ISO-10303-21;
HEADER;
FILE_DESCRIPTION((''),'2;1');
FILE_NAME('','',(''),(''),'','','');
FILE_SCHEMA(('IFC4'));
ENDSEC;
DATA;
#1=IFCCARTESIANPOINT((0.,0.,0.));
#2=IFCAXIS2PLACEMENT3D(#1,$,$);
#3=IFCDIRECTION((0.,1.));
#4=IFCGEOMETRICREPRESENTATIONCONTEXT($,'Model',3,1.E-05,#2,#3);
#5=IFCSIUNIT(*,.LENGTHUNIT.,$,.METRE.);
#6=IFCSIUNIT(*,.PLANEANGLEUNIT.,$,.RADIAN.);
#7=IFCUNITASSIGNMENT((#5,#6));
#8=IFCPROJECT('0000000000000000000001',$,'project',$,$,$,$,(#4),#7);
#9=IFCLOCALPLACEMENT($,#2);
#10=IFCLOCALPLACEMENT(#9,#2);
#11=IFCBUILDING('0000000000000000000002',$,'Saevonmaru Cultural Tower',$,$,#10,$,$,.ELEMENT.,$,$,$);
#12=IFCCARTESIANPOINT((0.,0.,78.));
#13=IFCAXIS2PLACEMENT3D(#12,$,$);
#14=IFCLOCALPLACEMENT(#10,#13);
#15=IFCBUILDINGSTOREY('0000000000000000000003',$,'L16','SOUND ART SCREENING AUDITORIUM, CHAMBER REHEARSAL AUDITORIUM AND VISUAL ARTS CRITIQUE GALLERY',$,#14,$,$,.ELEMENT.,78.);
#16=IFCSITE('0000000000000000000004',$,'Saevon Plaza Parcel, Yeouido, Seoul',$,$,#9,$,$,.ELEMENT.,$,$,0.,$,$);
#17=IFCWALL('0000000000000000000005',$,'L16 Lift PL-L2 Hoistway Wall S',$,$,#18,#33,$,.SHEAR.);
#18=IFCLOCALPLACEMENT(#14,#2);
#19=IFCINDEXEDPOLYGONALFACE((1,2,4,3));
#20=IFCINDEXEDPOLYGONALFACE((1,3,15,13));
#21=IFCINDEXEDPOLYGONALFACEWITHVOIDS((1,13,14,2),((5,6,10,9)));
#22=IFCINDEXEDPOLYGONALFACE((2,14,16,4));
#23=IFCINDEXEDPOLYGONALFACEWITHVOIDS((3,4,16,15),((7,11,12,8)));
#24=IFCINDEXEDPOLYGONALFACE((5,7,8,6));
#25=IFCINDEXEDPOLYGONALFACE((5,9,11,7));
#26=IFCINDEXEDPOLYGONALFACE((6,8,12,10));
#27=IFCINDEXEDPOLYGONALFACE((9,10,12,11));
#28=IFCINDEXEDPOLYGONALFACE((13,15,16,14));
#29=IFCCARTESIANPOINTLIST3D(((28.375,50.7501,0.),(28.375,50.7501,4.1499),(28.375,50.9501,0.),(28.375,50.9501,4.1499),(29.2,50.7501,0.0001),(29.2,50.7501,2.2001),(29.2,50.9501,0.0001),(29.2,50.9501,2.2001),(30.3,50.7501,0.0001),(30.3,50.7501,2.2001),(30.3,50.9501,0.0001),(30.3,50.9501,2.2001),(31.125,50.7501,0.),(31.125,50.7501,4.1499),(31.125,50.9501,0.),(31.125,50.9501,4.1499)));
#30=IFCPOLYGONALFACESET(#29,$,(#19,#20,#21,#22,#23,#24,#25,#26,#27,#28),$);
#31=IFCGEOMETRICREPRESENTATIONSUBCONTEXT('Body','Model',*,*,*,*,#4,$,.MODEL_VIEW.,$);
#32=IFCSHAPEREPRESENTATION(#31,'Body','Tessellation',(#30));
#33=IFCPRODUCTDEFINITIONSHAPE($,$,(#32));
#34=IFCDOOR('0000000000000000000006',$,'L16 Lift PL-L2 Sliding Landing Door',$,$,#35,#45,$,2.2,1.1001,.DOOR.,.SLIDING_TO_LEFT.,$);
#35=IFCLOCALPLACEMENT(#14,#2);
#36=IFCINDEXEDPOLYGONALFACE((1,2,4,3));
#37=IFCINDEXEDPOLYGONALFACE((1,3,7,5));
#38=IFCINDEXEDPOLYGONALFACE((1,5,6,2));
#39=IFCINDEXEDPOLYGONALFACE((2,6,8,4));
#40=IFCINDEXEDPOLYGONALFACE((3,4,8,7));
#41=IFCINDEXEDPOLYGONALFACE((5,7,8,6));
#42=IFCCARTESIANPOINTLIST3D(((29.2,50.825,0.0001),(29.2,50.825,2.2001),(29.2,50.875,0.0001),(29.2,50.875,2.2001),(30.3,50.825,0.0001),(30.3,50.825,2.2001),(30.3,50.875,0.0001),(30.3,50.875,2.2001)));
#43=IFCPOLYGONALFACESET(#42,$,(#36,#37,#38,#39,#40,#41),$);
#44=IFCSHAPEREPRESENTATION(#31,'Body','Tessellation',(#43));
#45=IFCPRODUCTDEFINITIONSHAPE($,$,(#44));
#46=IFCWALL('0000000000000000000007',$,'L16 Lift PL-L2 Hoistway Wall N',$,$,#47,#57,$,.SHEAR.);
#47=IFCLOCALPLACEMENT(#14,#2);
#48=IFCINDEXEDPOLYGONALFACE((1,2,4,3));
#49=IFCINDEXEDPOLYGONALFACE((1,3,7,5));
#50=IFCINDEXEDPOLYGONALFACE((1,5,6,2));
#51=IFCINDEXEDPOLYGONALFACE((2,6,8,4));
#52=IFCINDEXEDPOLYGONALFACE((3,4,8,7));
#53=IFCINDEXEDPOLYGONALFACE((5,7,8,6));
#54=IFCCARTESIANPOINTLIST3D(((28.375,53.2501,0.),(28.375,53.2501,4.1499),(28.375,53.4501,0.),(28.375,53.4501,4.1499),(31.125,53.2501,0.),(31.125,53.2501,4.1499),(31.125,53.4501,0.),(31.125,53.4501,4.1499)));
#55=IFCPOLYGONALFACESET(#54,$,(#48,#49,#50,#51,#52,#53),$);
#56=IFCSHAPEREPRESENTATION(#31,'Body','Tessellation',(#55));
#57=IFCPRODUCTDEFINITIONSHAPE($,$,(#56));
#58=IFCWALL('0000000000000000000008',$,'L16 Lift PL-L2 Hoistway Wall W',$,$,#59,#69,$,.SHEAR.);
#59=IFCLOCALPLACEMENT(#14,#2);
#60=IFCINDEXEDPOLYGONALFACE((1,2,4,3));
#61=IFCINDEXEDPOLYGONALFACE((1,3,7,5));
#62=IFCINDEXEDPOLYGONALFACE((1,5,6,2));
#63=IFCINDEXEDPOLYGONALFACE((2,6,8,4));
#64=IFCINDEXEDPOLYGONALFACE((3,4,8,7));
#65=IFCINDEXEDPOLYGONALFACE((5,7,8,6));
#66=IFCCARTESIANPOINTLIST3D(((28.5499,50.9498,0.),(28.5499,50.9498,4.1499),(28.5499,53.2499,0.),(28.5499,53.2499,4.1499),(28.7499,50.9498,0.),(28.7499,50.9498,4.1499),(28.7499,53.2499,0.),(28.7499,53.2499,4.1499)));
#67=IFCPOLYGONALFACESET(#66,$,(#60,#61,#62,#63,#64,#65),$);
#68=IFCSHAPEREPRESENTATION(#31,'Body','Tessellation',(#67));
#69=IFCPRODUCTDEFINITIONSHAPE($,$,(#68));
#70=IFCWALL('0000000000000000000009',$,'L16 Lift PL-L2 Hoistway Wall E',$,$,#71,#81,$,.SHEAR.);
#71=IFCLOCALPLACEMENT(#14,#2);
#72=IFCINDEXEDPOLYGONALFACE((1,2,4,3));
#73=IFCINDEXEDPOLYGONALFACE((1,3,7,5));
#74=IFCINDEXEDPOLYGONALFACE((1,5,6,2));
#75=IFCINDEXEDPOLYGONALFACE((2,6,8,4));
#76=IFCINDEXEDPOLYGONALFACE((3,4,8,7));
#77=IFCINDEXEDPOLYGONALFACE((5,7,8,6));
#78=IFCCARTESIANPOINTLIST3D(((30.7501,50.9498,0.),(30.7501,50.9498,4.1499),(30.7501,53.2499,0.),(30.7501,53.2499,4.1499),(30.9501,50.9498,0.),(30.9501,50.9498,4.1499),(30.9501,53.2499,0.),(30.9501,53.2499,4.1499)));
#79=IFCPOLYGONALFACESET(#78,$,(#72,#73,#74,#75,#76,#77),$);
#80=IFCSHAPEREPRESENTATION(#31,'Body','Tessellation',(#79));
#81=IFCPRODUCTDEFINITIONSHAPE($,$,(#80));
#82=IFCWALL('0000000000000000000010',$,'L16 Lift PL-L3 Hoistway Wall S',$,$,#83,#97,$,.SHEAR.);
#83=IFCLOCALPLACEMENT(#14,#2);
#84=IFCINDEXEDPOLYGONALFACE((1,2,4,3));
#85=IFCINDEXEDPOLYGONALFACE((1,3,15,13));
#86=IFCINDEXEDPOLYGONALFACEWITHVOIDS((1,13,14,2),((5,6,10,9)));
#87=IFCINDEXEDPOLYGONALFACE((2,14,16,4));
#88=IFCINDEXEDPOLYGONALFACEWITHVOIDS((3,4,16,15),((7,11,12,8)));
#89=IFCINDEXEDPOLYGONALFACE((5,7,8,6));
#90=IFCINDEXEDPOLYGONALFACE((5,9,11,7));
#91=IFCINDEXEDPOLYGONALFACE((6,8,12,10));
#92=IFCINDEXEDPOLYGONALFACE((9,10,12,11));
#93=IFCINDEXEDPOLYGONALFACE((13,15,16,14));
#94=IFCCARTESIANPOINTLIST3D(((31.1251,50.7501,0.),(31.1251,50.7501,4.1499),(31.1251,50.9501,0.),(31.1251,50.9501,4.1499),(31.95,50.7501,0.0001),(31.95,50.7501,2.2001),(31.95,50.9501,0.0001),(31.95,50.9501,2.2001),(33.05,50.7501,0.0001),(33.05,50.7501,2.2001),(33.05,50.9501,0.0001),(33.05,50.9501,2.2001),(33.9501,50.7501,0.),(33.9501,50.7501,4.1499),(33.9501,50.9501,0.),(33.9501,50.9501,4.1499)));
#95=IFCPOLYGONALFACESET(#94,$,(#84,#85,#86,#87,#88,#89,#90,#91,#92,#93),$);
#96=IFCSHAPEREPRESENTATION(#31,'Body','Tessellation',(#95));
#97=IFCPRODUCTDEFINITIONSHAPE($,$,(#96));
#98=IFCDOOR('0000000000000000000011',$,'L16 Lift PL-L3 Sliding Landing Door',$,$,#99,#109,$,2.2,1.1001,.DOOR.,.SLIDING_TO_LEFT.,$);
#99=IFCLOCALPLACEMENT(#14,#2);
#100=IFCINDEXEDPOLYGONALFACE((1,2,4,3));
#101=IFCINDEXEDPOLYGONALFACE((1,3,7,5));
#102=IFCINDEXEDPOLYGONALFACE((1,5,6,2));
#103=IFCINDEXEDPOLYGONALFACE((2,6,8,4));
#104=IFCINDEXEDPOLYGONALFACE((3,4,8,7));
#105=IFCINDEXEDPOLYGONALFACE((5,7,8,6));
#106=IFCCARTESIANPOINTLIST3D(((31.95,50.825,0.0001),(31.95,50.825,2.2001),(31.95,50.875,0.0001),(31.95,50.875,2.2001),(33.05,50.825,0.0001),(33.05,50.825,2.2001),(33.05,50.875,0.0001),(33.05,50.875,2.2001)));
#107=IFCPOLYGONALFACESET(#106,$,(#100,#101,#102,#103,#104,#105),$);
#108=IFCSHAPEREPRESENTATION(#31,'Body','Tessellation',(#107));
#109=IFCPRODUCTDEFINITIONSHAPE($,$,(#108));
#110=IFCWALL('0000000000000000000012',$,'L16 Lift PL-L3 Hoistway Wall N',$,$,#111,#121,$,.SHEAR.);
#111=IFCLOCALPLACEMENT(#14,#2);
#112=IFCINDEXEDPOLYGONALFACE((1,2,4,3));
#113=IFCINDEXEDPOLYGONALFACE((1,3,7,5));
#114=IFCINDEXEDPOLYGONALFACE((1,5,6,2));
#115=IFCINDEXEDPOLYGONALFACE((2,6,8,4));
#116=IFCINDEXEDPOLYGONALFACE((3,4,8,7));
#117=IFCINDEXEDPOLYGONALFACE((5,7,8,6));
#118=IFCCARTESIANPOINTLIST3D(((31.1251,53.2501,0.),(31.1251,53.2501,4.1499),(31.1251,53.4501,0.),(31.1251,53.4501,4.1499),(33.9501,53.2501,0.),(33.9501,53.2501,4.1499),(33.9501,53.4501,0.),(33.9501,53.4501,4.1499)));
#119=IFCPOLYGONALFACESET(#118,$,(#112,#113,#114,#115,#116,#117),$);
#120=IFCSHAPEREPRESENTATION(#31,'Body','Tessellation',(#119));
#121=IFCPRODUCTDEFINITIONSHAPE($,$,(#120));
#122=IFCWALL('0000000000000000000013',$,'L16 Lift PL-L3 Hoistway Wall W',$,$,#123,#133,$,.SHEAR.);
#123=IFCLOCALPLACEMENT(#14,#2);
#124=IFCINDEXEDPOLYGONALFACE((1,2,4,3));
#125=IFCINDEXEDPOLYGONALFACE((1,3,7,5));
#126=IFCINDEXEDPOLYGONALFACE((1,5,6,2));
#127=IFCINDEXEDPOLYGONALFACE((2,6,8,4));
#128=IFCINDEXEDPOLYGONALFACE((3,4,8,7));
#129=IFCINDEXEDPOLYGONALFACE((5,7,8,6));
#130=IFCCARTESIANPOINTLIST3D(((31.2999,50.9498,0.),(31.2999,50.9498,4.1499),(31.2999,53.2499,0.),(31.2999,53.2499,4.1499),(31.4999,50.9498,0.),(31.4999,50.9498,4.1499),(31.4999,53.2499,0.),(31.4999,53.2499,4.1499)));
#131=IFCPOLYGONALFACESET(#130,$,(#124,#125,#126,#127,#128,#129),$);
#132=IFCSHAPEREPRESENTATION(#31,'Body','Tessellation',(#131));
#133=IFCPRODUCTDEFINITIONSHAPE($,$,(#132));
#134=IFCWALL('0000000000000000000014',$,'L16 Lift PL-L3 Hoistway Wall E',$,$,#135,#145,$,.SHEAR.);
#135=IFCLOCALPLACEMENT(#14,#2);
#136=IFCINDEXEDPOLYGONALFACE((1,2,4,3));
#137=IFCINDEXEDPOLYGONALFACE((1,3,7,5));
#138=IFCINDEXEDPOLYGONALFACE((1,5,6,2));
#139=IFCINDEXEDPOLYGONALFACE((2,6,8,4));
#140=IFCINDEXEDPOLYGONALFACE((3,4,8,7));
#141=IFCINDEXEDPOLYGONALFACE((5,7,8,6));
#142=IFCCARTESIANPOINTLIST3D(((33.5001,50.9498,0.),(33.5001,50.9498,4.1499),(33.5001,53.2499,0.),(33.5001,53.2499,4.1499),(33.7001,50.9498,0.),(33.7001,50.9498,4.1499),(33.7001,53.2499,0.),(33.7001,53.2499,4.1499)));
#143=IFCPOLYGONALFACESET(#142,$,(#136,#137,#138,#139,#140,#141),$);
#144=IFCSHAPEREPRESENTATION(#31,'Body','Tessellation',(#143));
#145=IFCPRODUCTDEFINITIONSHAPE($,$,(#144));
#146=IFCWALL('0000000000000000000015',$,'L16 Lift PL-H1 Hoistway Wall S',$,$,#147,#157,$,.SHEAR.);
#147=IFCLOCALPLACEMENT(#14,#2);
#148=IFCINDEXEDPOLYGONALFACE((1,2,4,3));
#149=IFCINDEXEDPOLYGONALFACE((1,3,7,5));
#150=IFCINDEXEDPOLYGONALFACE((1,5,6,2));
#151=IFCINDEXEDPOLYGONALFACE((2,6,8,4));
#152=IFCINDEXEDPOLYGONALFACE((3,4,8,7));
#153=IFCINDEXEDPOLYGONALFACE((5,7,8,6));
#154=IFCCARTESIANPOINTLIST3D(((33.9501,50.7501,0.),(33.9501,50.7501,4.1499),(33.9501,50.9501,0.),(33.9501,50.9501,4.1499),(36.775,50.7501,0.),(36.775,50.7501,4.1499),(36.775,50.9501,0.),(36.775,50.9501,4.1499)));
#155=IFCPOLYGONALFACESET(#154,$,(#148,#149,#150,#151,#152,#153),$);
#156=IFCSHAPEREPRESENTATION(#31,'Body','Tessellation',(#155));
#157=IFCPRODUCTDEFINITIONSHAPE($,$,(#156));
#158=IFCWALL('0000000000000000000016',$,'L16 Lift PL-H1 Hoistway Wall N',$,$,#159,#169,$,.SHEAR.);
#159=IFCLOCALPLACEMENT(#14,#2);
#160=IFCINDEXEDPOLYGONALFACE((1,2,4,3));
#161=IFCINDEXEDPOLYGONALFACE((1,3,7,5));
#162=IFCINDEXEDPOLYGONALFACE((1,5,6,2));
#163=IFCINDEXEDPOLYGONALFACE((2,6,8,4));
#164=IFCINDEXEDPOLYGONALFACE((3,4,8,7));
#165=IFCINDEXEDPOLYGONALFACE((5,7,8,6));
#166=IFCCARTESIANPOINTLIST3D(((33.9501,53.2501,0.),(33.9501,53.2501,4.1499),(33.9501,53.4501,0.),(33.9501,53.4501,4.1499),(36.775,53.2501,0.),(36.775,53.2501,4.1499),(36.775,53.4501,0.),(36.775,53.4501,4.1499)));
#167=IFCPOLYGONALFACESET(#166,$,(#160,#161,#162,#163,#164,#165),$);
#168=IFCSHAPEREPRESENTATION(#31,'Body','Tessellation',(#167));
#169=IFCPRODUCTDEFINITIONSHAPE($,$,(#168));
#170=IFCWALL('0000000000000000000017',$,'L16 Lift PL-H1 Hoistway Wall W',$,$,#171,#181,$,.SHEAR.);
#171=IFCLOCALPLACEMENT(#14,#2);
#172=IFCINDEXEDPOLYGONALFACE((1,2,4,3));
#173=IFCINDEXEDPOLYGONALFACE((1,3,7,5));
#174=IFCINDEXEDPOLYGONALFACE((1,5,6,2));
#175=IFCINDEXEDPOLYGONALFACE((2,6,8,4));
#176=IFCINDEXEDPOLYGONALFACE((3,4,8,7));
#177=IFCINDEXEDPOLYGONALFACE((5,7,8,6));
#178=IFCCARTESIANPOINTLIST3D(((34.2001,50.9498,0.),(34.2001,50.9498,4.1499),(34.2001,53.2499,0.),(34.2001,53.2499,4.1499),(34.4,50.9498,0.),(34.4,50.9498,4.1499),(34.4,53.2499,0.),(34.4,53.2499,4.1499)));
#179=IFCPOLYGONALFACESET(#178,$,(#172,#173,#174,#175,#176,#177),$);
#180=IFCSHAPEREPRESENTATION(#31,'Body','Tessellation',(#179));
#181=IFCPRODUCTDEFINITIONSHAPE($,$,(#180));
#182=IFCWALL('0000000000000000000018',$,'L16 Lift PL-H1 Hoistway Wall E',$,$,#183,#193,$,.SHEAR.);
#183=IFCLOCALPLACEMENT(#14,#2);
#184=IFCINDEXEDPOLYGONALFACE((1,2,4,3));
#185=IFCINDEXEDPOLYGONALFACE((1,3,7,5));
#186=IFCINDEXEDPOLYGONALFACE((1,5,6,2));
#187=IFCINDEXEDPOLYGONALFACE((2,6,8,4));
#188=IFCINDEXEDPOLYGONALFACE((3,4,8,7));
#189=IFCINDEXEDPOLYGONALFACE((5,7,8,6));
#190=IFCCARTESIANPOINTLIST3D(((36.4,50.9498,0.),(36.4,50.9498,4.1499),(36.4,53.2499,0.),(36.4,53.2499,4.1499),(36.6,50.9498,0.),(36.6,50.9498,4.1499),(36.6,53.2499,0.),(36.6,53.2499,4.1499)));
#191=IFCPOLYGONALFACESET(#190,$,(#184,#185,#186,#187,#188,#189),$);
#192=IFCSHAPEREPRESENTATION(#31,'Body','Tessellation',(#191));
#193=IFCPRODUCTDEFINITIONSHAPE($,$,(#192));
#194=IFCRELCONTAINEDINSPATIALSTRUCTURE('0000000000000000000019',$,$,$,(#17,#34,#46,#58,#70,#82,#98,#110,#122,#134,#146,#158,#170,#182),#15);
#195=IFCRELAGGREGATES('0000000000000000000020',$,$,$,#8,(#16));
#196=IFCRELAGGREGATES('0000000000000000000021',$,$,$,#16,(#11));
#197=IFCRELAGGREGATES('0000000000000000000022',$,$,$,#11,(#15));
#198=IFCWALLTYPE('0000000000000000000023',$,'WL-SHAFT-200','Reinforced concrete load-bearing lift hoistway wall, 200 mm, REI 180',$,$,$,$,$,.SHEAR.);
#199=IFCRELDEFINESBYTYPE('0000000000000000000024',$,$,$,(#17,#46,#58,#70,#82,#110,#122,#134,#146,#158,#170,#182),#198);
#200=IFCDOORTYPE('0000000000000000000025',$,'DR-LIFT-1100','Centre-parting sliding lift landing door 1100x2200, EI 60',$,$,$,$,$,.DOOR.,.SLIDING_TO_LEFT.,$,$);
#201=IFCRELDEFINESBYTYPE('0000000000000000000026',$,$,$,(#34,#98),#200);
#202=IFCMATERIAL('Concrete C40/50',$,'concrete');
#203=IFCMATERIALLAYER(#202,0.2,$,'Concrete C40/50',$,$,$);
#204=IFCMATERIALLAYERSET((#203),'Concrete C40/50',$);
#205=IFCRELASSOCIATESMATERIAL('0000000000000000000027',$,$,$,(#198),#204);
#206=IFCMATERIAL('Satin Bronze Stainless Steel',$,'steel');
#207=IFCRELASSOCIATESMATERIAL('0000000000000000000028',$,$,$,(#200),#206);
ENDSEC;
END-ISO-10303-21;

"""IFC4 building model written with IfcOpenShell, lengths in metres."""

from ifc_helpers import new_model, si_unit, direction, frame, frame_2d, origin, place, context, subcontext, project, spatial, rectangle, extrude, material, layer, layer_set, type_object, element, fill, save


model = new_model("IFC4")

# Units and contexts
model_context = context("Model", 3, precision=1e-05, world=origin(), true_north=direction((0.0, 1.0)))
body_context = subcontext(model_context, "Body", "Model", "MODEL_VIEW")
ifc_project = project(units=[si_unit("LENGTHUNIT", "METRE"), si_unit("PLANEANGLEUNIT", "RADIAN")], contexts=[model_context])

# Site, building, storey
site_placement = place(None, origin())
site = spatial("IfcSite", under=ifc_project, at=site_placement, Name="Saevon Plaza Parcel, Yeouido, Seoul", CompositionType="ELEMENT", RefElevation=0.0)
building_placement = place(site_placement, origin())
building = spatial("IfcBuilding", under=site, at=building_placement, Name="Saevonmaru Cultural Tower", CompositionType="ELEMENT")
storey_placement = place(building_placement, frame((0.0, 0.0, 78.0)))
storey = spatial("IfcBuildingStorey", under=building, at=storey_placement, Name="L16", Description="SOUND ART SCREENING AUDITORIUM, CHAMBER REHEARSAL AUDITORIUM AND VISUAL ARTS CRITIQUE GALLERY", CompositionType="ELEMENT", Elevation=78.0)

# Shared definitions
ifc_material_1 = material(Name="Concrete C40/50", Category="concrete")
ifc_layer_1 = layer(ifc_material_1, 0.2, Name="Concrete C40/50")
ifc_layer_set_1 = layer_set([ifc_layer_1], Name="Concrete C40/50")
wall_type_1 = type_object("IfcWallType", Name="WL-SHAFT-200", Description="Reinforced concrete load-bearing lift hoistway wall, 200 mm, REI 180", PredefinedType="SHEAR", material=ifc_layer_set_1)

# Wall, opening, door
wall_1_placement = place(storey_placement, frame((28.375, 50.8501, 0.0), z_axis=(0.0, 0.0, 1.0), x_axis=(1.0, 0.0, 0.0)))
wall_1 = element("IfcWall", 1, at=wall_1_placement, inside=storey, type_object=wall_type_1, Name="L16 Lift PL-L2 Hoistway Wall S", PredefinedType="SHEAR", context=body_context, shape_type="SweptSolid", body=[
    extrude(rectangle(XDim=2.75, YDim=0.2, at=frame_2d((1.375, 0.0))), origin(), (0.0, 0.0, 1.0), 4.1499),
])
opening_1_placement = place(wall_1_placement, frame((0.825, 0.0, 0.0)))
opening_1 = element("IfcOpeningElement", 2, at=opening_1_placement, cuts=wall_1, PredefinedType="OPENING", context=body_context, shape_type="SweptSolid", body=[
    extrude(rectangle(XDim=1.1001, YDim=2.2, at=frame_2d((0.55, 1.1001))), frame((0.0, 0.1099, 0.0), z_axis=(0.0, -1.0, 0.0), x_axis=(1.0, 0.0, 0.0)), (0.0, 0.0, 1.0), 0.22),
])
ifc_material_2 = material(Name="Satin Bronze Stainless Steel", Category="steel")
door_type_1 = type_object("IfcDoorType", Name="DR-LIFT-1100", Description="Centre-parting sliding lift landing door 1100x2200, EI 60", OperationType="SLIDING_TO_LEFT", PredefinedType="DOOR", material=ifc_material_2)
door_1_placement = place(opening_1_placement, origin())
door_1 = element("IfcDoor", 3, at=door_1_placement, inside=storey, type_object=door_type_1, Name="L16 Lift PL-L2 Sliding Landing Door", OperationType="SLIDING_TO_LEFT", OverallHeight=2.2, OverallWidth=1.1001, PredefinedType="DOOR", context=body_context, shape_type="SweptSolid", body=[
    extrude(rectangle(XDim=1.1001, YDim=2.2, at=frame_2d((0.55, 1.1001))), frame((0.0, 0.0249, 0.0), z_axis=(0.0, -1.0, 0.0), x_axis=(1.0, 0.0, 0.0)), (0.0, 0.0, 1.0), 0.05),
])
fill(opening_1, door_1)

# Walls
wall_2_placement = place(storey_placement, frame((28.375, 53.3501, 0.0), z_axis=(0.0, 0.0, 1.0), x_axis=(1.0, 0.0, 0.0)))
element("IfcWall", 4, at=wall_2_placement, inside=storey, type_object=wall_type_1, Name="L16 Lift PL-L2 Hoistway Wall N", PredefinedType="SHEAR", context=body_context, shape_type="SweptSolid", body=[
    extrude(rectangle(XDim=2.75, YDim=0.2, at=frame_2d((1.375, 0.0))), origin(), (0.0, 0.0, 1.0), 4.1499),
])
for number, where, z_axis, x_axis, name in (
    (5, (28.6499, 50.95, 0.0), (0.0, 0.0, 1.0), (0.0, 1.0, 0.0), "L16 Lift PL-L2 Hoistway Wall W"),
    (6, (30.8501, 50.95, 0.0), (0.0, 0.0, 1.0), (0.0, 1.0, 0.0), "L16 Lift PL-L2 Hoistway Wall E"),
):
    element("IfcWall", number, at=place(storey_placement, frame(where, z_axis=z_axis, x_axis=x_axis)), inside=storey, type_object=wall_type_1, Name=name, PredefinedType="SHEAR", context=body_context, shape_type="SweptSolid", body=[
        extrude(rectangle(XDim=2.3, YDim=0.2, at=frame_2d((1.1499, 0.0))), origin(), (0.0, 0.0, 1.0), 4.1499),
    ])

# Wall, opening, door
wall_3_placement = place(storey_placement, frame((31.125, 50.8501, 0.0), z_axis=(0.0, 0.0, 1.0), x_axis=(1.0, 0.0, 0.0)))
wall_3 = element("IfcWall", 7, at=wall_3_placement, inside=storey, type_object=wall_type_1, Name="L16 Lift PL-L3 Hoistway Wall S", PredefinedType="SHEAR", context=body_context, shape_type="SweptSolid", body=[
    extrude(rectangle(XDim=2.825, YDim=0.2, at=frame_2d((1.4126, 0.0))), origin(), (0.0, 0.0, 1.0), 4.1499),
])
opening_2_placement = place(wall_3_placement, frame((0.825, 0.0, 0.0)))
opening_2 = element("IfcOpeningElement", 8, at=opening_2_placement, cuts=wall_3, PredefinedType="OPENING", context=body_context, shape_type="SweptSolid", body=[
    extrude(rectangle(XDim=1.1001, YDim=2.2, at=frame_2d((0.55, 1.1001))), frame((0.0, 0.1099, 0.0), z_axis=(0.0, -1.0, 0.0), x_axis=(1.0, 0.0, 0.0)), (0.0, 0.0, 1.0), 0.22),
])
door_2_placement = place(opening_2_placement, origin())
door_2 = element("IfcDoor", 9, at=door_2_placement, inside=storey, type_object=door_type_1, Name="L16 Lift PL-L3 Sliding Landing Door", OperationType="SLIDING_TO_LEFT", OverallHeight=2.2, OverallWidth=1.1001, PredefinedType="DOOR", context=body_context, shape_type="SweptSolid", body=[
    extrude(rectangle(XDim=1.1001, YDim=2.2, at=frame_2d((0.55, 1.1001))), frame((0.0, 0.0249, 0.0), z_axis=(0.0, -1.0, 0.0), x_axis=(1.0, 0.0, 0.0)), (0.0, 0.0, 1.0), 0.05),
])
fill(opening_2, door_2)

# Walls
wall_4_placement = place(storey_placement, frame((31.125, 53.3501, 0.0), z_axis=(0.0, 0.0, 1.0), x_axis=(1.0, 0.0, 0.0)))
element("IfcWall", 10, at=wall_4_placement, inside=storey, type_object=wall_type_1, Name="L16 Lift PL-L3 Hoistway Wall N", PredefinedType="SHEAR", context=body_context, shape_type="SweptSolid", body=[
    extrude(rectangle(XDim=2.825, YDim=0.2, at=frame_2d((1.4126, 0.0))), origin(), (0.0, 0.0, 1.0), 4.1499),
])
for number, where, z_axis, x_axis, name in (
    (11, (31.3999, 50.95, 0.0), (0.0, 0.0, 1.0), (0.0, 1.0, 0.0), "L16 Lift PL-L3 Hoistway Wall W"),
    (12, (33.6001, 50.95, 0.0), (0.0, 0.0, 1.0), (0.0, 1.0, 0.0), "L16 Lift PL-L3 Hoistway Wall E"),
):
    element("IfcWall", number, at=place(storey_placement, frame(where, z_axis=z_axis, x_axis=x_axis)), inside=storey, type_object=wall_type_1, Name=name, PredefinedType="SHEAR", context=body_context, shape_type="SweptSolid", body=[
        extrude(rectangle(XDim=2.3, YDim=0.2, at=frame_2d((1.1499, 0.0))), origin(), (0.0, 0.0, 1.0), 4.1499),
    ])
for number, where, z_axis, x_axis, name in (
    (13, (33.95, 50.8501, 0.0), (0.0, 0.0, 1.0), (1.0, 0.0, 0.0), "L16 Lift PL-H1 Hoistway Wall S"),
    (14, (33.95, 53.3501, 0.0), (0.0, 0.0, 1.0), (1.0, 0.0, 0.0), "L16 Lift PL-H1 Hoistway Wall N"),
):
    element("IfcWall", number, at=place(storey_placement, frame(where, z_axis=z_axis, x_axis=x_axis)), inside=storey, type_object=wall_type_1, Name=name, PredefinedType="SHEAR", context=body_context, shape_type="SweptSolid", body=[
        extrude(rectangle(XDim=2.825, YDim=0.2, at=frame_2d((1.4126, 0.0))), origin(), (0.0, 0.0, 1.0), 4.1499),
    ])
for number, where, z_axis, x_axis, name in (
    (15, (34.3, 50.95, 0.0), (0.0, 0.0, 1.0), (0.0, 1.0, 0.0), "L16 Lift PL-H1 Hoistway Wall W"),
    (16, (36.5, 50.95, 0.0), (0.0, 0.0, 1.0), (0.0, 1.0, 0.0), "L16 Lift PL-H1 Hoistway Wall E"),
):
    element("IfcWall", number, at=place(storey_placement, frame(where, z_axis=z_axis, x_axis=x_axis)), inside=storey, type_object=wall_type_1, Name=name, PredefinedType="SHEAR", context=body_context, shape_type="SweptSolid", body=[
        extrude(rectangle(XDim=2.3, YDim=0.2, at=frame_2d((1.1499, 0.0))), origin(), (0.0, 0.0, 1.0), 4.1499),
    ])

save(model, "model.ifc")
